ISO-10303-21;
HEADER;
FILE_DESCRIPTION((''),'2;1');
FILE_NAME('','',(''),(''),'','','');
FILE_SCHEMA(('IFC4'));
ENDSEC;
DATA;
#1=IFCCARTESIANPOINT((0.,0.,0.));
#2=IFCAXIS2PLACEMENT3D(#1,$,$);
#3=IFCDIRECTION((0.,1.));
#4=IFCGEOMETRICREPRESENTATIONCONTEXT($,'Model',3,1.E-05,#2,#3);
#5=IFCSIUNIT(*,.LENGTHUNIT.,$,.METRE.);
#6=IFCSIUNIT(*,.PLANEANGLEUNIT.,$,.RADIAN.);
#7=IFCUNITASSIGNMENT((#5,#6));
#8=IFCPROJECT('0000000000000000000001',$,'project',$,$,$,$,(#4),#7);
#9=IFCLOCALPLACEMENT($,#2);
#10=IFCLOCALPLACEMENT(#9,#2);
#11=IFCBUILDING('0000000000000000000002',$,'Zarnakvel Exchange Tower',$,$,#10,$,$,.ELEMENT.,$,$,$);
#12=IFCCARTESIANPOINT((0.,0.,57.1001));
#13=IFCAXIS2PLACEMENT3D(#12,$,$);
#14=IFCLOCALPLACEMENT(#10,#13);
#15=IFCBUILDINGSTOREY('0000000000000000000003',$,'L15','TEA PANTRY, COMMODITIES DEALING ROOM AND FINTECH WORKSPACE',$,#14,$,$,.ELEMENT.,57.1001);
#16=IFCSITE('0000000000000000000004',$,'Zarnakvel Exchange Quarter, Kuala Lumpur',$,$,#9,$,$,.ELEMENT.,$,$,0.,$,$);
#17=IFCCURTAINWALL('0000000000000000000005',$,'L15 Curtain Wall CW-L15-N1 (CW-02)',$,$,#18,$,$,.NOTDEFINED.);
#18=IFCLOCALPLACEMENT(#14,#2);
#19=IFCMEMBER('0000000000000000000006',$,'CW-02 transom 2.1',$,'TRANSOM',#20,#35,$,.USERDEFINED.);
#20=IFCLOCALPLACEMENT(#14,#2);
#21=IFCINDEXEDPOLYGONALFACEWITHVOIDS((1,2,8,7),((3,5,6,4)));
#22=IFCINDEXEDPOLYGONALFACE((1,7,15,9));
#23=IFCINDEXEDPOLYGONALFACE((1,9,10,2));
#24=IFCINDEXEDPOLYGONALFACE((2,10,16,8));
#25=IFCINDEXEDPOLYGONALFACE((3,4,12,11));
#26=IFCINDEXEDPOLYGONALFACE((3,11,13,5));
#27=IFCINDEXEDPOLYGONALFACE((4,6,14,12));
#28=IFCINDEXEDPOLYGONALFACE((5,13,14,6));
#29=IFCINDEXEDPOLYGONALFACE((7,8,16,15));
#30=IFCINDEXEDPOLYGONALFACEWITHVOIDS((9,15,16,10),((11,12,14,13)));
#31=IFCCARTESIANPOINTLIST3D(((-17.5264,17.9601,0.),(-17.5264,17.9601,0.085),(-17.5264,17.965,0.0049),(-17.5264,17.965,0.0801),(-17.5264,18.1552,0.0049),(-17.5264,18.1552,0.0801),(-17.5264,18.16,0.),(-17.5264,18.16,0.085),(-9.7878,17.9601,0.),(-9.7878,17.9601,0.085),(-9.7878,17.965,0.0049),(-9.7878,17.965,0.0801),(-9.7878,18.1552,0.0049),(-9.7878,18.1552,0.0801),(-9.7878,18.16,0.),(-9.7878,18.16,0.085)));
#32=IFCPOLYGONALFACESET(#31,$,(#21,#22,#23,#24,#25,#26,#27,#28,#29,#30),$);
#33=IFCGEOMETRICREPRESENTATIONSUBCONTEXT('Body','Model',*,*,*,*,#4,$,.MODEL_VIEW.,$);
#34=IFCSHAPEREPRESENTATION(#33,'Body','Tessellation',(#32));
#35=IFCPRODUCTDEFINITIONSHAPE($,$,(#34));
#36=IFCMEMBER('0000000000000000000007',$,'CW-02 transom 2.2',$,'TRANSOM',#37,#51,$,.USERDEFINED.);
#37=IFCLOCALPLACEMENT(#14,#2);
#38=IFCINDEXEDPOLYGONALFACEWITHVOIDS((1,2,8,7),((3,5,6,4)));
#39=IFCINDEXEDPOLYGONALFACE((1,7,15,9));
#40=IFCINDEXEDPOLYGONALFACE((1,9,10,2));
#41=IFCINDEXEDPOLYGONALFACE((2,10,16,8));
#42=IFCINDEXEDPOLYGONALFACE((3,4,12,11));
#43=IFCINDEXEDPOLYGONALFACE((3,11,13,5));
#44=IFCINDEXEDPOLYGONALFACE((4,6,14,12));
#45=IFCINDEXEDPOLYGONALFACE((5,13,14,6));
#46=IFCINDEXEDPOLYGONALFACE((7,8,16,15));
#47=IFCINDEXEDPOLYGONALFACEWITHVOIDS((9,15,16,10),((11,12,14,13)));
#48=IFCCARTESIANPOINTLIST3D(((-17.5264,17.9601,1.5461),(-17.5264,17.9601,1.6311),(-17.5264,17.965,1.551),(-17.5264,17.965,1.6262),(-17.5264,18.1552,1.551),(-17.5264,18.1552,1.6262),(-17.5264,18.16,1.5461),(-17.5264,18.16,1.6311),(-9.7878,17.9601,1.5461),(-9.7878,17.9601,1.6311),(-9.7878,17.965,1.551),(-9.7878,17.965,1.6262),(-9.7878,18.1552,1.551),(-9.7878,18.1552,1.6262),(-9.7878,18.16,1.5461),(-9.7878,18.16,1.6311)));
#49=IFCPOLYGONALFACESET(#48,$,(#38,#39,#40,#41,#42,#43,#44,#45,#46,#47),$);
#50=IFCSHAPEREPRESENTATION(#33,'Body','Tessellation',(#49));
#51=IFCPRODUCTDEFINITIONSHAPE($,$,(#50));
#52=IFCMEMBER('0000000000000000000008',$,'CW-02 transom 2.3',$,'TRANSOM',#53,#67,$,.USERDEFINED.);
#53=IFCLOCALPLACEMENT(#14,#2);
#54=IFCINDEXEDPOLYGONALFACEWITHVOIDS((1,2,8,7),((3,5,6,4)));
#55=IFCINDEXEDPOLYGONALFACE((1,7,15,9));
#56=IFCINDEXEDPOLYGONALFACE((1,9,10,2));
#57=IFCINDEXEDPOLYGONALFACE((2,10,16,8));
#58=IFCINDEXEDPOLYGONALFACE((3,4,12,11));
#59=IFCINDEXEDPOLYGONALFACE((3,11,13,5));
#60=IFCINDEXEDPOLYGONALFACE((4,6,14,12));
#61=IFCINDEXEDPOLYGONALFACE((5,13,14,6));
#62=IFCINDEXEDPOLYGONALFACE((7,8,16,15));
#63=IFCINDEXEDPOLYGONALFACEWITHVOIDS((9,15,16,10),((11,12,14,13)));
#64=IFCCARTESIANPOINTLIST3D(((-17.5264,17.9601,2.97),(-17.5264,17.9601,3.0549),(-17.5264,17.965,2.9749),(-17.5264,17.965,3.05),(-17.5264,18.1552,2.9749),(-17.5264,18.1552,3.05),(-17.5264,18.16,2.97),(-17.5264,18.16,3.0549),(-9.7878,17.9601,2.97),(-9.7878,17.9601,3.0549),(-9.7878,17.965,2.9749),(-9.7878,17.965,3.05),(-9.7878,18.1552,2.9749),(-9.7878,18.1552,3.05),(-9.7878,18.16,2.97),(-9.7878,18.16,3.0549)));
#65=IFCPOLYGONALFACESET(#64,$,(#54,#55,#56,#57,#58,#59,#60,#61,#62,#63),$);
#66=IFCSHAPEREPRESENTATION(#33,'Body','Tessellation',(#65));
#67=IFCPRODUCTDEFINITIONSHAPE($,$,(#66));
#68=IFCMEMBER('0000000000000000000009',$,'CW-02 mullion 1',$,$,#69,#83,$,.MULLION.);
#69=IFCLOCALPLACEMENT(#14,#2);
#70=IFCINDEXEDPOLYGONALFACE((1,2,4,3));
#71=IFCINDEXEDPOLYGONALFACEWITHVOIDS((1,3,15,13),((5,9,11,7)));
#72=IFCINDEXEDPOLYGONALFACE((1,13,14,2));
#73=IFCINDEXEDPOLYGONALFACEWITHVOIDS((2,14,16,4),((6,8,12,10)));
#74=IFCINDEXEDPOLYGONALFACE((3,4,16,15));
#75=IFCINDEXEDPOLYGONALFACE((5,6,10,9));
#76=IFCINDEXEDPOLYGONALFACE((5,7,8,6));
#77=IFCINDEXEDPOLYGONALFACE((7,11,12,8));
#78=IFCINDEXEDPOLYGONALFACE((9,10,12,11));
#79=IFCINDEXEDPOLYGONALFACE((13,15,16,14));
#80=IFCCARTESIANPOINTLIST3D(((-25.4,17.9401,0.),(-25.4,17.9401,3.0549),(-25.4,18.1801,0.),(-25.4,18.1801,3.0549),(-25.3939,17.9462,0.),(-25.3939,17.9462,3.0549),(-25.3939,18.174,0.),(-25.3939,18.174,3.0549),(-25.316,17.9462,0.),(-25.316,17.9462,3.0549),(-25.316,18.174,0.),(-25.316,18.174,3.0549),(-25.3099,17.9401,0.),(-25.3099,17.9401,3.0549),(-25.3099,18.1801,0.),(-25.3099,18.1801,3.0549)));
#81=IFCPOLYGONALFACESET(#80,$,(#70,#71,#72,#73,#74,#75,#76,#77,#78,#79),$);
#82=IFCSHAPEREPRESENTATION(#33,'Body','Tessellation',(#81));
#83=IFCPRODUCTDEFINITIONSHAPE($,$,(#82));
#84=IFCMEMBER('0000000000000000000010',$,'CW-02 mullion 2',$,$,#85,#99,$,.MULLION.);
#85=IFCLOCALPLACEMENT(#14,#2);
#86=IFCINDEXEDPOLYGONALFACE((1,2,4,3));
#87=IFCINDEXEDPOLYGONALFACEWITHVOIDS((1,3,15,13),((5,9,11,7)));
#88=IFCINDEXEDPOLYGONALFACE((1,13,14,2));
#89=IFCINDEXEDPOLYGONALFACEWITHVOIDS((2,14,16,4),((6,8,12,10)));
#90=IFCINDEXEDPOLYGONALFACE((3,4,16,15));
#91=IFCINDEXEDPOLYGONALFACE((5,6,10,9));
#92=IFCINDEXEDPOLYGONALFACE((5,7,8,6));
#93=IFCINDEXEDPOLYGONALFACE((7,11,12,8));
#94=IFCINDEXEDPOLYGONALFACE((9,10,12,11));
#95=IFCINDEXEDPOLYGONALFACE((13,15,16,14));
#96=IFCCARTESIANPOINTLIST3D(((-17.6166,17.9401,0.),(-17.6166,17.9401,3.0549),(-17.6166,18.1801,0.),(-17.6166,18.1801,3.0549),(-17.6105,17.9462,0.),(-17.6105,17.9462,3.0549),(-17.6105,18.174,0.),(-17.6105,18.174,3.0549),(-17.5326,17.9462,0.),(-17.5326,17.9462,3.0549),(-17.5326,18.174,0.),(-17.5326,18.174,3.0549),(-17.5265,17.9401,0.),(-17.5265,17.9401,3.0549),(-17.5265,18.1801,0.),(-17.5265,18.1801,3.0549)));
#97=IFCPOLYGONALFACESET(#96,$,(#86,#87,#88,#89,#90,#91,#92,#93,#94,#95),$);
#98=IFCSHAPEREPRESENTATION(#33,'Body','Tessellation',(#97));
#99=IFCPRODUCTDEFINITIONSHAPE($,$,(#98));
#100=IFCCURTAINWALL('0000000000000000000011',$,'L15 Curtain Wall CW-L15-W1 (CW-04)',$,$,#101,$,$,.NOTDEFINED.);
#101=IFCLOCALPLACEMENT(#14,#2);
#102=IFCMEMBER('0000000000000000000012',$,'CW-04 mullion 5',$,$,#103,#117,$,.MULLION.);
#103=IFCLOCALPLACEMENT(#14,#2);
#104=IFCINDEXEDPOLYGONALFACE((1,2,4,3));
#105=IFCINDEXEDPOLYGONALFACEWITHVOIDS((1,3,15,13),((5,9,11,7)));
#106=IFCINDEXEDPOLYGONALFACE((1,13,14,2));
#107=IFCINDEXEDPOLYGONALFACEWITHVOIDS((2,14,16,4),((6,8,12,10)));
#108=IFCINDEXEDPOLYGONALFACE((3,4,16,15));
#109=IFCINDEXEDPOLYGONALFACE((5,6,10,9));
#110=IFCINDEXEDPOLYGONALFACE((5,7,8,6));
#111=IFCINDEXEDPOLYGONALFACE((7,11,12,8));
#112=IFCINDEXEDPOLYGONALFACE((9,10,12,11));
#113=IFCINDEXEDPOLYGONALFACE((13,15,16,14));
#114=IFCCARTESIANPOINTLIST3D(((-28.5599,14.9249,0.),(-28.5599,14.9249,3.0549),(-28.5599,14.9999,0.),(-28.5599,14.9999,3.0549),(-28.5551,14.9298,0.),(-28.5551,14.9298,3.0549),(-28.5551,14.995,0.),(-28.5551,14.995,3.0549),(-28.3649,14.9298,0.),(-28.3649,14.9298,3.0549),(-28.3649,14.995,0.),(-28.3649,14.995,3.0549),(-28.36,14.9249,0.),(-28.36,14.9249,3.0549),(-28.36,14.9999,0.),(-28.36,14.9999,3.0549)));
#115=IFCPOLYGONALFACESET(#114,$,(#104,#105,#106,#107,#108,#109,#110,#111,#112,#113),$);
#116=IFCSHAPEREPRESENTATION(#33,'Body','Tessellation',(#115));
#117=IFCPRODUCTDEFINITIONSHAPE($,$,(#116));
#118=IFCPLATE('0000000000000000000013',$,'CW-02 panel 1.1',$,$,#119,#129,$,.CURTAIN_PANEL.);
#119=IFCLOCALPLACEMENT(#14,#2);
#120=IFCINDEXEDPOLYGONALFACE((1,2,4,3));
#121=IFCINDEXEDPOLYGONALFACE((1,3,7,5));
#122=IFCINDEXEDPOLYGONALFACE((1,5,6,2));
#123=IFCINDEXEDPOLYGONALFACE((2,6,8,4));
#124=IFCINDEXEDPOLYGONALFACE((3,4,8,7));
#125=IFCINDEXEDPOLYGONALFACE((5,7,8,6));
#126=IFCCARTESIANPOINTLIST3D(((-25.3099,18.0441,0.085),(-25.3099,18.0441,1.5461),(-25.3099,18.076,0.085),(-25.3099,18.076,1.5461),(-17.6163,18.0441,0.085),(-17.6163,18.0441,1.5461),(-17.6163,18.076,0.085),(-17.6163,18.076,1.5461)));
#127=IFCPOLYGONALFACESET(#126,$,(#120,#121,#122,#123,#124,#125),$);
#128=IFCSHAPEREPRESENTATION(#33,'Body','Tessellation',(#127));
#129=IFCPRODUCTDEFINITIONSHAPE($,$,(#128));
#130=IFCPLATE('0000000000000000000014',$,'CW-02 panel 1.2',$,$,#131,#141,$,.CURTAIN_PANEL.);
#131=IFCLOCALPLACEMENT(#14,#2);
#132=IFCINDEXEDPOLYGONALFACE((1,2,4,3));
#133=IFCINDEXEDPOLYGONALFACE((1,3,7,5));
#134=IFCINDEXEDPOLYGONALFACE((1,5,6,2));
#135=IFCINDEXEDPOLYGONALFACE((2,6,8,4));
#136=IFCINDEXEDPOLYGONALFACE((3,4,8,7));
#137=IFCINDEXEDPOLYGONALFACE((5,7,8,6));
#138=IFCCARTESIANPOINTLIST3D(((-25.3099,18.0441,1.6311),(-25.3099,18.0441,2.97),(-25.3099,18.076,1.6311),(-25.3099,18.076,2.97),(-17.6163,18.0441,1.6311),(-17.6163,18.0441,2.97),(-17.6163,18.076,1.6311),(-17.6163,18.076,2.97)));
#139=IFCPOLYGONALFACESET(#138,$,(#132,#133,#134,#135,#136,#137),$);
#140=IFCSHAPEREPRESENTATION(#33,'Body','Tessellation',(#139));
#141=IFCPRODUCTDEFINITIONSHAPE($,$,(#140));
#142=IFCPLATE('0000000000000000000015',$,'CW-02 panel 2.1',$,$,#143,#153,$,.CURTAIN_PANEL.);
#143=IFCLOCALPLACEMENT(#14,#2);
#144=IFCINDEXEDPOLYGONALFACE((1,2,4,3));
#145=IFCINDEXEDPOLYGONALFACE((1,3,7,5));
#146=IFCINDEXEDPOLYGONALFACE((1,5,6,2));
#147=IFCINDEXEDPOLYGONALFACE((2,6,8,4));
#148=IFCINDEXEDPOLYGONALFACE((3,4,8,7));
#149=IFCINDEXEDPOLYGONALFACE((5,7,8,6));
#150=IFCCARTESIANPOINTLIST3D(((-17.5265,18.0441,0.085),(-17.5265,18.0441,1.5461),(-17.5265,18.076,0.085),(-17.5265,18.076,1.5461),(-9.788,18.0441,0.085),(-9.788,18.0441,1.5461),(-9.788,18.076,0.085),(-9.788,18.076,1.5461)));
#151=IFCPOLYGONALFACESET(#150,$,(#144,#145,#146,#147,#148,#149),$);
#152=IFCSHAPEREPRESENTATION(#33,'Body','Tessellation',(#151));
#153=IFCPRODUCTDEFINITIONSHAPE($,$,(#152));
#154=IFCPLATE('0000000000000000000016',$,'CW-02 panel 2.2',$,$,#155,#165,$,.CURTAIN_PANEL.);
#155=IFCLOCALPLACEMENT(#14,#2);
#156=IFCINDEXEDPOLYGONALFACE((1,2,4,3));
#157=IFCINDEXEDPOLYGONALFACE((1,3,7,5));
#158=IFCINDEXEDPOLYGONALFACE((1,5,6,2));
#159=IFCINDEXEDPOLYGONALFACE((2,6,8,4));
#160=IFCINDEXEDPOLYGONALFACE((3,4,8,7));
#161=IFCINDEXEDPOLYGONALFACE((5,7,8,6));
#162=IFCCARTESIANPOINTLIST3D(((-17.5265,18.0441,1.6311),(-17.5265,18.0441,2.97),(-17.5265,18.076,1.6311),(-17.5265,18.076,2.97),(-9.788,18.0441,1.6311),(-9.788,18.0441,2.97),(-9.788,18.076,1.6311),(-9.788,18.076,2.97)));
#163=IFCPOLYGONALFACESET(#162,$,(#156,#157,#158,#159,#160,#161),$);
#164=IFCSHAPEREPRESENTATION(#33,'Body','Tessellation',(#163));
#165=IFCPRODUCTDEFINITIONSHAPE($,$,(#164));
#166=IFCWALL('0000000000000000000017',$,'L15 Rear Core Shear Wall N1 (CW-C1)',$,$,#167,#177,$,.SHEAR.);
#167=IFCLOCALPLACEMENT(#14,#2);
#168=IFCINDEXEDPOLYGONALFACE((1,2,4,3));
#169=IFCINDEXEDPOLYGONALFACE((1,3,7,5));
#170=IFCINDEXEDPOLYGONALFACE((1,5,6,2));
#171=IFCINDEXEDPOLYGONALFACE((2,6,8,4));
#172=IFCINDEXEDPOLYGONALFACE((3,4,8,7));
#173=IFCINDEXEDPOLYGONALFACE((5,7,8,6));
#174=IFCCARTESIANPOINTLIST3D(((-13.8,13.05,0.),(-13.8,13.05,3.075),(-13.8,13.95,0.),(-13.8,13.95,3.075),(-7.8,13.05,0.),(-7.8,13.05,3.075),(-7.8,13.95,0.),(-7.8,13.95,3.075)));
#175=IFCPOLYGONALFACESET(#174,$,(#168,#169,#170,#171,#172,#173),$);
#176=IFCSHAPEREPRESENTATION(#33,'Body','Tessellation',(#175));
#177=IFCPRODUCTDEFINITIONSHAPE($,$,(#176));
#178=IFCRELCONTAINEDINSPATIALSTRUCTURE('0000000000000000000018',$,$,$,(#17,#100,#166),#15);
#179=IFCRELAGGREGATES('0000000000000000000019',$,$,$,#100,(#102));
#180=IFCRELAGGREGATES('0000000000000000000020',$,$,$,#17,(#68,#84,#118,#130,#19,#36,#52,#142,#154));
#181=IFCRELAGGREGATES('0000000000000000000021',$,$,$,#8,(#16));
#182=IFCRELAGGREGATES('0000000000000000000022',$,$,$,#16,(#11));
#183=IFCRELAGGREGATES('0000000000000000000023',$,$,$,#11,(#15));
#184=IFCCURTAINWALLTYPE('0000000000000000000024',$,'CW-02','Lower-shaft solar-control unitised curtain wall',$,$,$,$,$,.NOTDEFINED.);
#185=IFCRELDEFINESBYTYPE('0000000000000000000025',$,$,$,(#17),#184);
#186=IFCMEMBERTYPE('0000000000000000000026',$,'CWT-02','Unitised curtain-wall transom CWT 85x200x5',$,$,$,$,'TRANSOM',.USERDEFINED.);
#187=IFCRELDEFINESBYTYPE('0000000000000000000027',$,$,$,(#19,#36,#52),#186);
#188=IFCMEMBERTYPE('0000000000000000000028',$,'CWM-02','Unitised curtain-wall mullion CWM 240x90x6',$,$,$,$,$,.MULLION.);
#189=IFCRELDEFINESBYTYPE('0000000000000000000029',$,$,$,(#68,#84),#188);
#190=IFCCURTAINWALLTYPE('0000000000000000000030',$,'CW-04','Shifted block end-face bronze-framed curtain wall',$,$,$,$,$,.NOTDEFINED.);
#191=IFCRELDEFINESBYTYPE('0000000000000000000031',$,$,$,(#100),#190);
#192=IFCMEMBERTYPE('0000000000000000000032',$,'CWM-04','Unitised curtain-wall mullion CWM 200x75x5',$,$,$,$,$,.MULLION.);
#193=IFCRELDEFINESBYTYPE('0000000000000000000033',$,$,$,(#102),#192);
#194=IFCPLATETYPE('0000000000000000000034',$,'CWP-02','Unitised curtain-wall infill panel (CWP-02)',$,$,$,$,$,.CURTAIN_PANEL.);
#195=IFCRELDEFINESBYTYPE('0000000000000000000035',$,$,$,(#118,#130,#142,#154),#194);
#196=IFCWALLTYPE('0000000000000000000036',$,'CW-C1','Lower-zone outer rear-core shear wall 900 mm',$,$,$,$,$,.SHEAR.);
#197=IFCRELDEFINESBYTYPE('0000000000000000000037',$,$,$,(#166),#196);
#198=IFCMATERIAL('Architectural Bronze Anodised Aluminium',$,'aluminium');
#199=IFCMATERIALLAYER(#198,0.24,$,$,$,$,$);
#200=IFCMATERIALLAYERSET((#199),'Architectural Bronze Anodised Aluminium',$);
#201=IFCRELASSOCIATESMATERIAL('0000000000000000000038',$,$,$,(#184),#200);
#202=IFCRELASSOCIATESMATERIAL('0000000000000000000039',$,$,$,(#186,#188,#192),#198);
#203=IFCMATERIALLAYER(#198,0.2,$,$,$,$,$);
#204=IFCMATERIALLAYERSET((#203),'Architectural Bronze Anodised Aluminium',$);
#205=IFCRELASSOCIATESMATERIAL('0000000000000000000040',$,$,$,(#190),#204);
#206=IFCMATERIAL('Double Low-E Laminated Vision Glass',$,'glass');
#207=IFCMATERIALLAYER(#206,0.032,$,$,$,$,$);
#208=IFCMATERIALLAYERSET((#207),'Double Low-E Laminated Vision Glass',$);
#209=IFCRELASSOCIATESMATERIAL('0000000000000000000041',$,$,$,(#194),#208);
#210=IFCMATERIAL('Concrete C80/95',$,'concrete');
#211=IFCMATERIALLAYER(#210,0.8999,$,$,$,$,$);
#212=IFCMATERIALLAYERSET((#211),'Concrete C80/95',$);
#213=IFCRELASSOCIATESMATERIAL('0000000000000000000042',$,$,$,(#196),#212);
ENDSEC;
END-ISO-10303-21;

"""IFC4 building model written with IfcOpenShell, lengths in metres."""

from ifc_helpers import new_model, si_unit, direction, frame, frame_2d, origin, origin_2d, place, context, subcontext, project, spatial, rectangle, hollow_rectangle, extrude, source, transform, mapped, material, layer, layer_set, material_profile, profile_set, type_object, element, aggregate, save


model = new_model("IFC4")

# Units and contexts
model_context = context("Model", 3, precision=1e-05, world=origin(), true_north=direction((0.0, 1.0)))
body_context = subcontext(model_context, "Body", "Model", "MODEL_VIEW")
ifc_project = project(units=[si_unit("LENGTHUNIT", "METRE"), si_unit("PLANEANGLEUNIT", "RADIAN")], contexts=[model_context])

# Site, building, storey
site_placement = place(None, origin())
site = spatial("IfcSite", under=ifc_project, at=site_placement, Name="Zarnakvel Exchange Quarter, Kuala Lumpur", CompositionType="ELEMENT", RefElevation=0.0)
building_placement = place(site_placement, origin())
building = spatial("IfcBuilding", under=site, at=building_placement, Name="Zarnakvel Exchange Tower", CompositionType="ELEMENT")
storey_placement = place(building_placement, frame((0.0, 0.0, 57.1001)))
storey = spatial("IfcBuildingStorey", under=building, at=storey_placement, Name="L15", Description="TEA PANTRY, COMMODITIES DEALING ROOM AND FINTECH WORKSPACE", CompositionType="ELEMENT", Elevation=57.1001)

# Curtain wall, members
ifc_material_1 = material(Name="Architectural Bronze Anodised Aluminium", Category="aluminium")
ifc_layer_1 = layer(ifc_material_1, 0.24)
ifc_layer_set_1 = layer_set([ifc_layer_1], Name="Architectural Bronze Anodised Aluminium")
curtain_wall_type_1 = type_object("IfcCurtainWallType", Name="CW-02", Description="Lower-shaft solar-control unitised curtain wall", PredefinedType="NOTDEFINED", material=ifc_layer_set_1)
curtain_wall_1_placement = place(storey_placement, origin())
curtain_wall_1 = element("IfcCurtainWall", 1, at=curtain_wall_1_placement, inside=storey, type_object=curtain_wall_type_1, Name="L15 Curtain Wall CW-L15-N1 (CW-02)", PredefinedType="NOTDEFINED")
ifc_material_profile_1 = material_profile(ifc_material_1, hollow_rectangle(XDim=0.2, YDim=0.085, WallThickness=0.0049, at=origin_2d()))
ifc_profile_set_1 = profile_set([ifc_material_profile_1], Name="Architectural Bronze Anodised Aluminium")
member_type_1 = type_object("IfcMemberType", Name="CWT-02", Description="Unitised curtain-wall transom CWT 85x200x5", ElementType="TRANSOM", PredefinedType="USERDEFINED", material=ifc_profile_set_1)
shared_shape_1 = source(origin(), body_context, "Body", "SweptSolid", [
    extrude(hollow_rectangle(XDim=0.2, YDim=0.085, WallThickness=0.0049, at=origin_2d()), origin(), (0.0, 0.0, 1.0), 7.7385),
])
member_1_placement = place(storey_placement, frame((-17.5264, 18.0601, 0.0425), z_axis=(1.0, 0.0, 0.0), x_axis=(0.0, 1.0, 0.0)))
member_1 = element("IfcMember", 2, at=member_1_placement, type_object=member_type_1, Name="CW-02 transom 2.1", ObjectType="TRANSOM", PredefinedType="USERDEFINED", context=body_context, shape_type="MappedRepresentation", body=[
    mapped(shared_shape_1, transform((0.0, 0.0, 0.0), x_axis=(1.0, 0.0, 0.0), y_axis=(0.0, 1.0, 0.0), z_axis=(0.0, 0.0, 1.0), scale=1.0)),
])
member_2_placement = place(storey_placement, frame((-17.5264, 18.0601, 1.5886), z_axis=(1.0, 0.0, 0.0), x_axis=(0.0, 1.0, 0.0)))
member_2 = element("IfcMember", 3, at=member_2_placement, type_object=member_type_1, Name="CW-02 transom 2.2", ObjectType="TRANSOM", PredefinedType="USERDEFINED", context=body_context, shape_type="MappedRepresentation", body=[
    mapped(shared_shape_1, transform((0.0, 0.0, 0.0), x_axis=(1.0, 0.0, 0.0), y_axis=(0.0, 1.0, 0.0), z_axis=(0.0, 0.0, 1.0), scale=1.0)),
])
member_3_placement = place(storey_placement, frame((-17.5264, 18.0601, 3.0125), z_axis=(1.0, 0.0, 0.0), x_axis=(0.0, 1.0, 0.0)))
member_3 = element("IfcMember", 4, at=member_3_placement, type_object=member_type_1, Name="CW-02 transom 2.3", ObjectType="TRANSOM", PredefinedType="USERDEFINED", context=body_context, shape_type="MappedRepresentation", body=[
    mapped(shared_shape_1, transform((0.0, 0.0, 0.0), x_axis=(1.0, 0.0, 0.0), y_axis=(0.0, 1.0, 0.0), z_axis=(0.0, 0.0, 1.0), scale=1.0)),
])
ifc_material_profile_2 = material_profile(ifc_material_1, hollow_rectangle(XDim=0.24, YDim=0.0901, WallThickness=0.0061, at=origin_2d()))
ifc_profile_set_2 = profile_set([ifc_material_profile_2], Name="Architectural Bronze Anodised Aluminium")
member_type_2 = type_object("IfcMemberType", Name="CWM-02", Description="Unitised curtain-wall mullion CWM 240x90x6", PredefinedType="MULLION", material=ifc_profile_set_2)
shared_shape_2 = source(origin(), body_context, "Body", "SweptSolid", [
    extrude(hollow_rectangle(XDim=0.24, YDim=0.0901, WallThickness=0.0061, at=origin_2d()), origin(), (0.0, 0.0, 1.0), 3.0549),
])
member_4_placement = place(storey_placement, frame((-25.355, 18.0601, 0.0), z_axis=(0.0, 0.0, 1.0), x_axis=(0.0, 1.0, 0.0)))
member_4 = element("IfcMember", 5, at=member_4_placement, type_object=member_type_2, Name="CW-02 mullion 1", PredefinedType="MULLION", context=body_context, shape_type="MappedRepresentation", body=[
    mapped(shared_shape_2, transform((0.0, 0.0, 0.0), x_axis=(1.0, 0.0, 0.0), y_axis=(0.0, 1.0, 0.0), z_axis=(0.0, 0.0, 1.0), scale=1.0)),
])
member_5_placement = place(storey_placement, frame((-17.5715, 18.0601, 0.0), z_axis=(0.0, 0.0, 1.0), x_axis=(0.0, 1.0, 0.0)))
member_5 = element("IfcMember", 6, at=member_5_placement, type_object=member_type_2, Name="CW-02 mullion 2", PredefinedType="MULLION", context=body_context, shape_type="MappedRepresentation", body=[
    mapped(shared_shape_2, transform((0.0, 0.0, 0.0), x_axis=(1.0, 0.0, 0.0), y_axis=(0.0, 1.0, 0.0), z_axis=(0.0, 0.0, 1.0), scale=1.0)),
])

# Curtain wall, member
ifc_layer_2 = layer(ifc_material_1, 0.2)
ifc_layer_set_2 = layer_set([ifc_layer_2], Name="Architectural Bronze Anodised Aluminium")
curtain_wall_type_2 = type_object("IfcCurtainWallType", Name="CW-04", Description="Shifted block end-face bronze-framed curtain wall", PredefinedType="NOTDEFINED", material=ifc_layer_set_2)
curtain_wall_2_placement = place(storey_placement, origin())
curtain_wall_2 = element("IfcCurtainWall", 7, at=curtain_wall_2_placement, inside=storey, type_object=curtain_wall_type_2, Name="L15 Curtain Wall CW-L15-W1 (CW-04)", PredefinedType="NOTDEFINED")
ifc_material_profile_3 = material_profile(ifc_material_1, hollow_rectangle(XDim=0.2, YDim=0.075, WallThickness=0.0049, at=origin_2d()))
ifc_profile_set_3 = profile_set([ifc_material_profile_3], Name="Architectural Bronze Anodised Aluminium")
member_type_3 = type_object("IfcMemberType", Name="CWM-04", Description="Unitised curtain-wall mullion CWM 200x75x5", PredefinedType="MULLION", material=ifc_profile_set_3)
shared_shape_3 = source(origin(), body_context, "Body", "SweptSolid", [
    extrude(hollow_rectangle(XDim=0.2, YDim=0.075, WallThickness=0.0049, at=origin_2d()), origin(), (0.0, 0.0, 1.0), 3.0549),
])
member_6_placement = place(storey_placement, frame((-28.46, 14.9624, 0.0), z_axis=(0.0, 0.0, 1.0), x_axis=(-1.0, 0.0, 0.0)))
member_6 = element("IfcMember", 8, at=member_6_placement, type_object=member_type_3, Name="CW-04 mullion 5", PredefinedType="MULLION", context=body_context, shape_type="MappedRepresentation", body=[
    mapped(shared_shape_3, transform((0.0, 0.0, 0.0), x_axis=(1.0, 0.0, 0.0), y_axis=(0.0, 1.0, 0.0), z_axis=(0.0, 0.0, 1.0), scale=1.0)),
])
aggregate(curtain_wall_2, [member_6])

# Plates
ifc_material_2 = material(Name="Double Low-E Laminated Vision Glass", Category="glass")
ifc_layer_3 = layer(ifc_material_2, 0.032)
ifc_layer_set_3 = layer_set([ifc_layer_3], Name="Double Low-E Laminated Vision Glass")
plate_type = type_object("IfcPlateType", Name="CWP-02", Description="Unitised curtain-wall infill panel (CWP-02)", PredefinedType="CURTAIN_PANEL", material=ifc_layer_set_3)
shared_shape_4 = source(origin(), body_context, "Body", "SweptSolid", [
    extrude(rectangle(XDim=7.6936, YDim=0.032, at=origin_2d()), origin(), (0.0, 0.0, 1.0), 1.4612),
])
plate_1_placement = place(storey_placement, frame((-21.4631, 18.0601, 0.085), z_axis=(0.0, 0.0, 1.0), x_axis=(1.0, 0.0, 0.0)))
plate_1 = element("IfcPlate", 9, at=plate_1_placement, type_object=plate_type, Name="CW-02 panel 1.1", PredefinedType="CURTAIN_PANEL", context=body_context, shape_type="MappedRepresentation", body=[
    mapped(shared_shape_4, transform((0.0, 0.0, 0.0), x_axis=(1.0, 0.0, 0.0), y_axis=(0.0, 1.0, 0.0), z_axis=(0.0, 0.0, 1.0), scale=1.0)),
])
shared_shape_5 = source(origin(), body_context, "Body", "SweptSolid", [
    extrude(rectangle(XDim=7.6936, YDim=0.032, at=origin_2d()), origin(), (0.0, 0.0, 1.0), 1.3389),
])
plate_2_placement = place(storey_placement, frame((-21.4631, 18.0601, 1.6311), z_axis=(0.0, 0.0, 1.0), x_axis=(1.0, 0.0, 0.0)))
plate_2 = element("IfcPlate", 10, at=plate_2_placement, type_object=plate_type, Name="CW-02 panel 1.2", PredefinedType="CURTAIN_PANEL", context=body_context, shape_type="MappedRepresentation", body=[
    mapped(shared_shape_5, transform((0.0, 0.0, 0.0), x_axis=(1.0, 0.0, 0.0), y_axis=(0.0, 1.0, 0.0), z_axis=(0.0, 0.0, 1.0), scale=1.0)),
])
shared_shape_6 = source(origin(), body_context, "Body", "SweptSolid", [
    extrude(rectangle(XDim=7.7385, YDim=0.032, at=origin_2d()), origin(), (0.0, 0.0, 1.0), 1.4612),
])
plate_3_placement = place(storey_placement, frame((-13.6572, 18.0601, 0.085), z_axis=(0.0, 0.0, 1.0), x_axis=(1.0, 0.0, 0.0)))
plate_3 = element("IfcPlate", 11, at=plate_3_placement, type_object=plate_type, Name="CW-02 panel 2.1", PredefinedType="CURTAIN_PANEL", context=body_context, shape_type="MappedRepresentation", body=[
    mapped(shared_shape_6, transform((0.0, 0.0, 0.0), x_axis=(1.0, 0.0, 0.0), y_axis=(0.0, 1.0, 0.0), z_axis=(0.0, 0.0, 1.0), scale=1.0)),
])
shared_shape_7 = source(origin(), body_context, "Body", "SweptSolid", [
    extrude(rectangle(XDim=7.7385, YDim=0.032, at=origin_2d()), origin(), (0.0, 0.0, 1.0), 1.3389),
])
plate_4_placement = place(storey_placement, frame((-13.6572, 18.0601, 1.6311), z_axis=(0.0, 0.0, 1.0), x_axis=(1.0, 0.0, 0.0)))
plate_4 = element("IfcPlate", 12, at=plate_4_placement, type_object=plate_type, Name="CW-02 panel 2.2", PredefinedType="CURTAIN_PANEL", context=body_context, shape_type="MappedRepresentation", body=[
    mapped(shared_shape_7, transform((0.0, 0.0, 0.0), x_axis=(1.0, 0.0, 0.0), y_axis=(0.0, 1.0, 0.0), z_axis=(0.0, 0.0, 1.0), scale=1.0)),
])
aggregate(curtain_wall_1, [member_4, member_5, plate_1, plate_2, member_1, member_2, member_3, plate_3, plate_4])

# Wall
ifc_material_3 = material(Name="Concrete C80/95", Category="concrete")
ifc_layer_4 = layer(ifc_material_3, 0.8999)
ifc_layer_set_4 = layer_set([ifc_layer_4], Name="Concrete C80/95")
wall_type_1 = type_object("IfcWallType", Name="CW-C1", Description="Lower-zone outer rear-core shear wall 900 mm", PredefinedType="SHEAR", material=ifc_layer_set_4)
wall_1_placement = place(storey_placement, frame((-13.8, 13.5, 0.0), z_axis=(0.0, 0.0, 1.0), x_axis=(1.0, 0.0, 0.0)))
element("IfcWall", 13, at=wall_1_placement, inside=storey, type_object=wall_type_1, Name="L15 Rear Core Shear Wall N1 (CW-C1)", PredefinedType="SHEAR", context=body_context, shape_type="SweptSolid", body=[
    extrude(rectangle(XDim=6.0, YDim=0.8999, at=frame_2d((3.0, 0.0))), origin(), (0.0, 0.0, 1.0), 3.075),
])

save(model, "model.ifc")
